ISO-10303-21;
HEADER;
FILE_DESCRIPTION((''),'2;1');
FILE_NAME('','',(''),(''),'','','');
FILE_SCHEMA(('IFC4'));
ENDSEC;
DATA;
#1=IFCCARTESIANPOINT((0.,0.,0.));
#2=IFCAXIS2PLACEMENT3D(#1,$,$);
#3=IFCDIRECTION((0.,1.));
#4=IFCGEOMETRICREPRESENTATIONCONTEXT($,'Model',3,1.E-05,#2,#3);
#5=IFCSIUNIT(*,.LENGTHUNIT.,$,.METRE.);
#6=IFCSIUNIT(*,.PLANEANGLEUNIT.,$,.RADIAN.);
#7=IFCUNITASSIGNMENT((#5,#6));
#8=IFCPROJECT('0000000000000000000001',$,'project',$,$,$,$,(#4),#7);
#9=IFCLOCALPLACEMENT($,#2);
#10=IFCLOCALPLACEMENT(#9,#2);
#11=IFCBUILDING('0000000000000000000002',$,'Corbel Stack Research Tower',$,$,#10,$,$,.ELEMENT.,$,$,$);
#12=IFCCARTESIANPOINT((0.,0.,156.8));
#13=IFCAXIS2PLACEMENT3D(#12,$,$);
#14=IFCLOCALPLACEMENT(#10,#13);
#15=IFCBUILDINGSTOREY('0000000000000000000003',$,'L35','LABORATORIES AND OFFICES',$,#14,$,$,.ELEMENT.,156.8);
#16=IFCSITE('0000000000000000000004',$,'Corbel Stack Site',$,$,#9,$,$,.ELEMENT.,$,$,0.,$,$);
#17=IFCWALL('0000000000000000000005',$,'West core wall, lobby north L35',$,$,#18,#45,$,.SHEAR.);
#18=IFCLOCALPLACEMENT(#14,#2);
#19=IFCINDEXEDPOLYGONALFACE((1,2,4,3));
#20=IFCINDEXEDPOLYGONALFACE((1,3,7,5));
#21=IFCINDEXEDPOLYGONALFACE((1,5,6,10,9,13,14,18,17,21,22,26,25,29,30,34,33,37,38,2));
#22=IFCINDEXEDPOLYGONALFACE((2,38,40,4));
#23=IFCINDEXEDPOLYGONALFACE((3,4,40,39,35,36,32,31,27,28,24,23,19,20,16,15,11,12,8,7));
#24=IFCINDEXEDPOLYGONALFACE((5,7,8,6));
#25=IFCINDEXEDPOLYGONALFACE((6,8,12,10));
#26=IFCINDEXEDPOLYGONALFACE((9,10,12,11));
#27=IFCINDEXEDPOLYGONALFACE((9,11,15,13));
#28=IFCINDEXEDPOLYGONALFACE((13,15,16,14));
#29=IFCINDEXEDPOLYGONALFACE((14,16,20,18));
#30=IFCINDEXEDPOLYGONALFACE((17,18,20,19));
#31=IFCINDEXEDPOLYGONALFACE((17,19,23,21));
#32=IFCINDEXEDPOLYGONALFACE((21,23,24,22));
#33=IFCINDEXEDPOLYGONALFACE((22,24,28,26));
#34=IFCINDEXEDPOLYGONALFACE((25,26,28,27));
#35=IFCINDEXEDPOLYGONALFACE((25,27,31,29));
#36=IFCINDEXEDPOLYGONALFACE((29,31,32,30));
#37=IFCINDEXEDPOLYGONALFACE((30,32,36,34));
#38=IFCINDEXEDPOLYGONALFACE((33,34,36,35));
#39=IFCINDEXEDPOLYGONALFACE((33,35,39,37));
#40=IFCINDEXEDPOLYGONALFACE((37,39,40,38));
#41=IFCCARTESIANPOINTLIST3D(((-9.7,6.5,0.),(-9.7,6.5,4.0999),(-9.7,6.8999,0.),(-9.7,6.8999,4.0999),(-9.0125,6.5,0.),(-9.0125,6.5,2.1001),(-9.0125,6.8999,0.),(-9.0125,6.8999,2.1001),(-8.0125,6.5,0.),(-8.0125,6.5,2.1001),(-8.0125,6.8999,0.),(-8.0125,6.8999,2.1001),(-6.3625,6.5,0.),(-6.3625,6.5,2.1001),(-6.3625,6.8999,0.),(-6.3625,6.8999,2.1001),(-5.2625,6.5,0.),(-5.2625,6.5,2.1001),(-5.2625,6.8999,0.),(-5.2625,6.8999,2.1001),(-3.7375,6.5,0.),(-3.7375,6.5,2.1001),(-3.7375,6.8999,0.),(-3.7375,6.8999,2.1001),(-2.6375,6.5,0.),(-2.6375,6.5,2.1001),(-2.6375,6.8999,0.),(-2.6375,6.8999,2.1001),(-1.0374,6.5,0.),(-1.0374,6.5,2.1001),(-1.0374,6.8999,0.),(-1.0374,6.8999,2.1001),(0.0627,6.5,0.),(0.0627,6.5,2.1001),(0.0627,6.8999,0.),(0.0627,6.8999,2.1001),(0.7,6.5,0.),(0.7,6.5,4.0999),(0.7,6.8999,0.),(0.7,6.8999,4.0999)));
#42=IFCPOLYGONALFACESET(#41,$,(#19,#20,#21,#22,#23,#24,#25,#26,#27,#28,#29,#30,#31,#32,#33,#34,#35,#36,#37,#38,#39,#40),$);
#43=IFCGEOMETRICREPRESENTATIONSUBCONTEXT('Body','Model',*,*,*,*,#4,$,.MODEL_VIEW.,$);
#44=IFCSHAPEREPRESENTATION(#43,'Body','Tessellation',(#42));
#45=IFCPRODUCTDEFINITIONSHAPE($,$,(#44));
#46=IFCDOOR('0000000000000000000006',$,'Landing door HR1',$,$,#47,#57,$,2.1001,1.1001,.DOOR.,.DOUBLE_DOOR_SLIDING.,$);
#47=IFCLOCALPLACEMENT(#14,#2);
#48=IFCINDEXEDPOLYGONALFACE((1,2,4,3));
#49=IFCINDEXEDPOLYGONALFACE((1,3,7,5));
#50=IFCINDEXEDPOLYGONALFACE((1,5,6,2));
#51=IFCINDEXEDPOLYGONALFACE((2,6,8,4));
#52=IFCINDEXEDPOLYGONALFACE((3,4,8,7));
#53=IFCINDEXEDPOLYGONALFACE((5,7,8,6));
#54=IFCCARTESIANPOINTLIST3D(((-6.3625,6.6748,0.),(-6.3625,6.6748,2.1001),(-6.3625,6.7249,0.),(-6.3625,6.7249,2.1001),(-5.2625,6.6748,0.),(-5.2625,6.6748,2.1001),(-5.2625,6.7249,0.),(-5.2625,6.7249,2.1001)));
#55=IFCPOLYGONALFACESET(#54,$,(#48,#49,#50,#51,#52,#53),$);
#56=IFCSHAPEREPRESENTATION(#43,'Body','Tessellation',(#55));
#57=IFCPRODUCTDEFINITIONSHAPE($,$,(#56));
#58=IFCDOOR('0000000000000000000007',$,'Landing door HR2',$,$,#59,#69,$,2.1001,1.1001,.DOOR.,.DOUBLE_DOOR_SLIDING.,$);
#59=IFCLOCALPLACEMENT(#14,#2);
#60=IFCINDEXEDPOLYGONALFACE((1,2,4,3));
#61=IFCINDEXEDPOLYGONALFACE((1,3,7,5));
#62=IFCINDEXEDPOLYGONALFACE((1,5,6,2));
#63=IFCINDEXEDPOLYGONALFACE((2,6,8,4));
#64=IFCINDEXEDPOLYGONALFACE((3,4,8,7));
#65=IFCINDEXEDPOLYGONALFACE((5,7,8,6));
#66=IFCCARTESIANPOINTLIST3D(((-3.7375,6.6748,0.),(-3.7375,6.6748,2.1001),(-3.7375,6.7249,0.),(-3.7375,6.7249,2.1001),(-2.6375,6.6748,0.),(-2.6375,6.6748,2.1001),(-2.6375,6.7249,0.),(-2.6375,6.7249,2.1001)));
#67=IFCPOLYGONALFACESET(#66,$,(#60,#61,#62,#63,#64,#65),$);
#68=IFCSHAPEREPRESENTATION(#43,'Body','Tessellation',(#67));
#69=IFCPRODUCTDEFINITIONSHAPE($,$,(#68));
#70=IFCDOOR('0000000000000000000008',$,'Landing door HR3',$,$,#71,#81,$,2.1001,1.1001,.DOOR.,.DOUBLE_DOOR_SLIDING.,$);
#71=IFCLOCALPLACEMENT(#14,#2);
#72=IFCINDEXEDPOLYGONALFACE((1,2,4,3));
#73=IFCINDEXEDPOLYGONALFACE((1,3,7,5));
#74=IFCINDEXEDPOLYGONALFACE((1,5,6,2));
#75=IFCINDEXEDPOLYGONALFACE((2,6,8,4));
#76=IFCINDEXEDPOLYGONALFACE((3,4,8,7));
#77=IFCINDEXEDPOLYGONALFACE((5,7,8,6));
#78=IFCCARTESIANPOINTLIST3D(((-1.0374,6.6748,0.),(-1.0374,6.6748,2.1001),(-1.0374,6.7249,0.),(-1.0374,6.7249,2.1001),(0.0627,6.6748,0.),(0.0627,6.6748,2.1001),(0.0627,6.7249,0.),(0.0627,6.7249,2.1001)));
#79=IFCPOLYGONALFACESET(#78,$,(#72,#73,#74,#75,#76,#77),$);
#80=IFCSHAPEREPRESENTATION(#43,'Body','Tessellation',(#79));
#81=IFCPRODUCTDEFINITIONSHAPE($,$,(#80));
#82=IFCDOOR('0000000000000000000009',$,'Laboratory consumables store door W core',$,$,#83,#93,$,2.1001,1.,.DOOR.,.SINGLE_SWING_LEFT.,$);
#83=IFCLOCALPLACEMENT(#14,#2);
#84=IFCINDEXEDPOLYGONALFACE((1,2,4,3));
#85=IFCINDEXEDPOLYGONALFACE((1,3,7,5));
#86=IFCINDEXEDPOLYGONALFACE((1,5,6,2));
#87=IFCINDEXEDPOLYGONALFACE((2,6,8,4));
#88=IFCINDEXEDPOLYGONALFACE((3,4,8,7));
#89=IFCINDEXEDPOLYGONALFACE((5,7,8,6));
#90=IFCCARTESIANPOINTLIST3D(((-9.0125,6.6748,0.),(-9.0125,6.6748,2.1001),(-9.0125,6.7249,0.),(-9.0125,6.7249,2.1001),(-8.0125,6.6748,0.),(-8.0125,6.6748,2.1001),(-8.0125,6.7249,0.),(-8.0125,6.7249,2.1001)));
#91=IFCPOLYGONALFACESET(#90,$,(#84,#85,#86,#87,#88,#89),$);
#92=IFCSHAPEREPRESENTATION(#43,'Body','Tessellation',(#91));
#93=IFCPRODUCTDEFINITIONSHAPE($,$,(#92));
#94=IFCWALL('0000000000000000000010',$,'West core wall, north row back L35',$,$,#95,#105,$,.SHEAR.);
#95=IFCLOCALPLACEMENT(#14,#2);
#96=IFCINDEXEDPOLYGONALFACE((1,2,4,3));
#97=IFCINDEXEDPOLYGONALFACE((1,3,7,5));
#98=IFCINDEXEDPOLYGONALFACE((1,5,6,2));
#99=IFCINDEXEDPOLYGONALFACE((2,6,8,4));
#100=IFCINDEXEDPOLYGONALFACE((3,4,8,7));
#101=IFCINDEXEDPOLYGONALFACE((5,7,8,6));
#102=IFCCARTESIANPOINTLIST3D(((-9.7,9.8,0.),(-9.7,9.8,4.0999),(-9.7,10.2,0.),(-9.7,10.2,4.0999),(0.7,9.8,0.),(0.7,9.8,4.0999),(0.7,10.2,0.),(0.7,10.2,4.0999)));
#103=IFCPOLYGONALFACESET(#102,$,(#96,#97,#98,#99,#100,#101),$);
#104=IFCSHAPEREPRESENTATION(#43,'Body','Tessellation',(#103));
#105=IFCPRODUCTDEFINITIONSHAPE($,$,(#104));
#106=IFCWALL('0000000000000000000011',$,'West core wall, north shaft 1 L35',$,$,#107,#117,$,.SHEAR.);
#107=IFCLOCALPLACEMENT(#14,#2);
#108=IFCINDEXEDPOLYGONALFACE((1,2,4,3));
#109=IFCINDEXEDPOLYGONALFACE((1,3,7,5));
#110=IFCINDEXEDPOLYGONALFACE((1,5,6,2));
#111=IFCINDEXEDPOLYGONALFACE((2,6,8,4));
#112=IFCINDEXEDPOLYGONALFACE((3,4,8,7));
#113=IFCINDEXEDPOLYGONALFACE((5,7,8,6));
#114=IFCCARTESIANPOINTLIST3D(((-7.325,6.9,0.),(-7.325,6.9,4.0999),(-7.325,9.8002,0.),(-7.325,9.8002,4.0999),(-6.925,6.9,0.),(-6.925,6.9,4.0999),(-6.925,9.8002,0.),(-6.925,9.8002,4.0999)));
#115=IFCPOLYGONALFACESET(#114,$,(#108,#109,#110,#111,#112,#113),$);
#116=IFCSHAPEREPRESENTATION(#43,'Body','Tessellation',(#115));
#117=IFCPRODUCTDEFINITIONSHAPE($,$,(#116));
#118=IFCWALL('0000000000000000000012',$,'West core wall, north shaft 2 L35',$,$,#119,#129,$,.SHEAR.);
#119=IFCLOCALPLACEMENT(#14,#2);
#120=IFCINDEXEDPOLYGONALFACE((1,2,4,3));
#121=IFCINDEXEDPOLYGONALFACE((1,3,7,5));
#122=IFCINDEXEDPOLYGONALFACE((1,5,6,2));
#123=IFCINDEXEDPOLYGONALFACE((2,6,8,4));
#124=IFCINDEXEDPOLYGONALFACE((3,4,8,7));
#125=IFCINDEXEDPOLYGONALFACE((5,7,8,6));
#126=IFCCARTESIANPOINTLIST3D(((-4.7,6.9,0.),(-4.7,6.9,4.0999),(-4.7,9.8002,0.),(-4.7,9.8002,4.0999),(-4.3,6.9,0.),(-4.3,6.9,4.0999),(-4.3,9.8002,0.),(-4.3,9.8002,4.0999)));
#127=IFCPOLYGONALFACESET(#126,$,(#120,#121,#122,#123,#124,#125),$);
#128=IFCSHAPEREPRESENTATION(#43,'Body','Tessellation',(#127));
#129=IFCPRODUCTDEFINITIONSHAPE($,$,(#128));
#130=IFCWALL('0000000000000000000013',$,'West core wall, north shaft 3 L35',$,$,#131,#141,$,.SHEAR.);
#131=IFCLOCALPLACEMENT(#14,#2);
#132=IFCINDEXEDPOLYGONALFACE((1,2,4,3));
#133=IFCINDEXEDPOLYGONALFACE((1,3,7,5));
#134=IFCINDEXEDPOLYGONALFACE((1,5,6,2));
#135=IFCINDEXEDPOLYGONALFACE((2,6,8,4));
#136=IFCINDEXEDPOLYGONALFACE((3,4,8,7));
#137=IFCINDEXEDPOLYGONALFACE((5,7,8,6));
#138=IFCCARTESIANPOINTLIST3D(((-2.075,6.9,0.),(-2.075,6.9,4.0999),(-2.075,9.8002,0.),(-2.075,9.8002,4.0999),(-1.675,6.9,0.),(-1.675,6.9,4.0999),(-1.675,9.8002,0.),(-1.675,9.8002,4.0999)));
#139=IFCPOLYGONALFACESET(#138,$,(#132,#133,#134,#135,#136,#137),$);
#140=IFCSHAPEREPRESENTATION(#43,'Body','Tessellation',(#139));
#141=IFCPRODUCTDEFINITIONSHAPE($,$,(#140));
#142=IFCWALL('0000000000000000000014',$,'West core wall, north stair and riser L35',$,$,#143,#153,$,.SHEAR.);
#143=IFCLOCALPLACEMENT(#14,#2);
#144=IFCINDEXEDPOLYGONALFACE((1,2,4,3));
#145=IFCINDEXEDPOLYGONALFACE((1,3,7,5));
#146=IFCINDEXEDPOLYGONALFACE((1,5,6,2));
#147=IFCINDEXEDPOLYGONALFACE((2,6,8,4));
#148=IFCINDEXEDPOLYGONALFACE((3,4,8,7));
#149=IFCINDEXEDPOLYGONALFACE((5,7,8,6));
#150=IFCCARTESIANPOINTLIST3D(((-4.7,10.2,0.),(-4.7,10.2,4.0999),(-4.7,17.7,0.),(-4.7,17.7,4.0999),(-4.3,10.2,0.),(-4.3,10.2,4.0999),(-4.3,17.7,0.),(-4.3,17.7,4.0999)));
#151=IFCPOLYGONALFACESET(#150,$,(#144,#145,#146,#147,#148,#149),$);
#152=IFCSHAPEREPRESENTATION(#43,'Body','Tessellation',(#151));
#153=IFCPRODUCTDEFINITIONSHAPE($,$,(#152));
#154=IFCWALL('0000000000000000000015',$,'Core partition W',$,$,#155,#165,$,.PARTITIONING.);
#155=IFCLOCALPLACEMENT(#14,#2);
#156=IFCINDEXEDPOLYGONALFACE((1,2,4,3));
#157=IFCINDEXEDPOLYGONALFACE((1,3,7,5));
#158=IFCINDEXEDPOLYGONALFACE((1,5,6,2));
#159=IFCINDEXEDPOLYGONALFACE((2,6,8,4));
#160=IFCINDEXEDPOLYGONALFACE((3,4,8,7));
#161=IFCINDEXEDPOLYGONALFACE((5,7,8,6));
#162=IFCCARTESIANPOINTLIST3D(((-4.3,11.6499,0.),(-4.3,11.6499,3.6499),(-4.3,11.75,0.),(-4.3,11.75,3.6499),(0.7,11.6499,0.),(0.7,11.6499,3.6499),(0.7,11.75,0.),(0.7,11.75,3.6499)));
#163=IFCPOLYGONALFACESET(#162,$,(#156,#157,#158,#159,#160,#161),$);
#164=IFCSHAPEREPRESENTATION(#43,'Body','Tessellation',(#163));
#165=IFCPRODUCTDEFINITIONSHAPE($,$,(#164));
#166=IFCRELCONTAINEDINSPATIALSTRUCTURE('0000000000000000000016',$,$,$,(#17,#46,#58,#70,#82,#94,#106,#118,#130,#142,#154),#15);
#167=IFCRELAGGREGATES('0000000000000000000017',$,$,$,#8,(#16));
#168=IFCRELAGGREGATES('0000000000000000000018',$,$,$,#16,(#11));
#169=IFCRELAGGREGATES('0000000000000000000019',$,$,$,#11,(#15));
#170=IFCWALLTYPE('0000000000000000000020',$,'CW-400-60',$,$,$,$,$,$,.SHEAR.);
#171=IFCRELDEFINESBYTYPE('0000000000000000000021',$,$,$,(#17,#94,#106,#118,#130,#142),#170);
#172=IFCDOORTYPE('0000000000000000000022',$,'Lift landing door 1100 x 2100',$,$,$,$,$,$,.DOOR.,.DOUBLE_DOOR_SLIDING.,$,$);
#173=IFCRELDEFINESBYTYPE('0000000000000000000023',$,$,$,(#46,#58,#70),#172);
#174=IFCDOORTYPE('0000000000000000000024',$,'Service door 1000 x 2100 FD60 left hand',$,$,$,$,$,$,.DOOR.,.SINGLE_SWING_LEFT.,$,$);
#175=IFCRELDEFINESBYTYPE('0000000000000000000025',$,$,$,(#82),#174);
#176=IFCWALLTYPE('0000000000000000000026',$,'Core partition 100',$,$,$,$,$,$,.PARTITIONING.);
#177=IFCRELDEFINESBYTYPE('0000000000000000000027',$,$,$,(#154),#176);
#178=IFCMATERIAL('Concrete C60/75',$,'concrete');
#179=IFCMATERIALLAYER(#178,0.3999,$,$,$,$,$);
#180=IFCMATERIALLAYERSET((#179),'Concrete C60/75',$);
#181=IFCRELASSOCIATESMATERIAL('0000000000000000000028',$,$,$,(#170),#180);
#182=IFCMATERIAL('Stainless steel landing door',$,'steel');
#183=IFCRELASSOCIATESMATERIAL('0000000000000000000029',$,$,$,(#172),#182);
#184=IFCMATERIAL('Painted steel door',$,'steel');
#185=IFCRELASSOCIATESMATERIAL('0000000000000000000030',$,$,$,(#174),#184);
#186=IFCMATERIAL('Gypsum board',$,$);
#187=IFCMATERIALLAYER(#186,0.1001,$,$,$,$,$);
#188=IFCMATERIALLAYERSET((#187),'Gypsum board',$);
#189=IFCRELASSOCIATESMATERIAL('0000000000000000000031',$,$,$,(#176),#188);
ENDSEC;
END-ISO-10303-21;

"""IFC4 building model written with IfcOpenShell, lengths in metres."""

from ifc_helpers import new_model, si_unit, direction, frame, frame_2d, origin, place, context, subcontext, project, spatial, rectangle, extrude, material, layer, layer_set, type_object, element, fill, save


model = new_model("IFC4")

# Units and contexts
model_context = context("Model", 3, precision=1e-05, world=origin(), true_north=direction((0.0, 1.0)))
body_context = subcontext(model_context, "Body", "Model", "MODEL_VIEW")
ifc_project = project(units=[si_unit("LENGTHUNIT", "METRE"), si_unit("PLANEANGLEUNIT", "RADIAN")], contexts=[model_context])

# Site, building, storey
site_placement = place(None, origin())
site = spatial("IfcSite", under=ifc_project, at=site_placement, Name="Corbel Stack Site", CompositionType="ELEMENT", RefElevation=0.0)
building_placement = place(site_placement, origin())
building = spatial("IfcBuilding", under=site, at=building_placement, Name="Corbel Stack Research Tower", CompositionType="ELEMENT")
storey_placement = place(building_placement, frame((0.0, 0.0, 156.8)))
storey = spatial("IfcBuildingStorey", under=building, at=storey_placement, Name="L35", Description="LABORATORIES AND OFFICES", CompositionType="ELEMENT", Elevation=156.8)

# Wall, openings, doors
ifc_material_1 = material(Name="Concrete C60/75", Category="concrete")
ifc_layer_1 = layer(ifc_material_1, 0.3999)
ifc_layer_set_1 = layer_set([ifc_layer_1], Name="Concrete C60/75")
wall_type_1 = type_object("IfcWallType", Name="CW-400-60", PredefinedType="SHEAR", material=ifc_layer_set_1)
ifc_material_2 = material(Name="Stainless steel landing door", Category="steel")
door_type_1 = type_object("IfcDoorType", Name="Lift landing door 1100 x 2100", OperationType="DOUBLE_DOOR_SLIDING", PredefinedType="DOOR", material=ifc_material_2)
ifc_material_3 = material(Name="Painted steel door", Category="steel")
door_type_2 = type_object("IfcDoorType", Name="Service door 1000 x 2100 FD60 left hand", OperationType="SINGLE_SWING_LEFT", PredefinedType="DOOR", material=ifc_material_3)
wall_1_placement = place(storey_placement, frame((-9.7, 6.7, 0.0), z_axis=(0.0, 0.0, 1.0), x_axis=(1.0, 0.0, 0.0)))
wall_1 = element("IfcWall", 1, at=wall_1_placement, inside=storey, type_object=wall_type_1, Name="West core wall, lobby north L35", PredefinedType="SHEAR", context=body_context, shape_type="SweptSolid", body=[
    extrude(rectangle(XDim=10.3999, YDim=0.3999, at=frame_2d((5.2, 0.0))), origin(), (0.0, 0.0, 1.0), 4.0999),
])
opening_1_placement = place(wall_1_placement, frame((3.3374, 0.0, 0.0)))
opening_1 = element("IfcOpeningElement", 2, at=opening_1_placement, cuts=wall_1, PredefinedType="OPENING", context=body_context, shape_type="SweptSolid", body=[
    extrude(rectangle(XDim=1.1001, YDim=2.1001, at=frame_2d((0.55, 1.05))), frame((0.0, 0.21, 0.0), z_axis=(0.0, -1.0, 0.0), x_axis=(1.0, 0.0, 0.0)), (0.0, 0.0, 1.0), 0.4199),
])
opening_2_placement = place(wall_1_placement, frame((5.9624, 0.0, 0.0)))
opening_2 = element("IfcOpeningElement", 3, at=opening_2_placement, cuts=wall_1, PredefinedType="OPENING", context=body_context, shape_type="SweptSolid", body=[
    extrude(rectangle(XDim=1.1001, YDim=2.1001, at=frame_2d((0.55, 1.05))), frame((0.0, 0.21, 0.0), z_axis=(0.0, -1.0, 0.0), x_axis=(1.0, 0.0, 0.0)), (0.0, 0.0, 1.0), 0.4199),
])
opening_3_placement = place(wall_1_placement, frame((8.6626, 0.0, 0.0)))
opening_3 = element("IfcOpeningElement", 4, at=opening_3_placement, cuts=wall_1, PredefinedType="OPENING", context=body_context, shape_type="SweptSolid", body=[
    extrude(rectangle(XDim=1.1001, YDim=2.1001, at=frame_2d((0.55, 1.05))), frame((0.0, 0.21, 0.0), z_axis=(0.0, -1.0, 0.0), x_axis=(1.0, 0.0, 0.0)), (0.0, 0.0, 1.0), 0.4199),
])
opening_4_placement = place(wall_1_placement, frame((0.6875, 0.0, 0.0)))
opening_4 = element("IfcOpeningElement", 5, at=opening_4_placement, cuts=wall_1, PredefinedType="OPENING", context=body_context, shape_type="SweptSolid", body=[
    extrude(rectangle(XDim=1.0, YDim=2.1001, at=frame_2d((0.5, 1.05))), frame((0.0, 0.21, 0.0), z_axis=(0.0, -1.0, 0.0), x_axis=(1.0, 0.0, 0.0)), (0.0, 0.0, 1.0), 0.4199),
])
door_1_placement = place(opening_1_placement, origin())
door_1 = element("IfcDoor", 6, at=door_1_placement, inside=storey, type_object=door_type_1, Name="Landing door HR1", OperationType="DOUBLE_DOOR_SLIDING", OverallHeight=2.1001, OverallWidth=1.1001, PredefinedType="DOOR", context=body_context, shape_type="SweptSolid", body=[
    extrude(rectangle(XDim=1.1001, YDim=2.1001, at=frame_2d((0.55, 1.05))), frame((0.0, 0.0249, 0.0), z_axis=(0.0, -1.0, 0.0), x_axis=(1.0, 0.0, 0.0)), (0.0, 0.0, 1.0), 0.05),
])
fill(opening_1, door_1)
door_2_placement = place(opening_2_placement, origin())
door_2 = element("IfcDoor", 7, at=door_2_placement, inside=storey, type_object=door_type_1, Name="Landing door HR2", OperationType="DOUBLE_DOOR_SLIDING", OverallHeight=2.1001, OverallWidth=1.1001, PredefinedType="DOOR", context=body_context, shape_type="SweptSolid", body=[
    extrude(rectangle(XDim=1.1001, YDim=2.1001, at=frame_2d((0.55, 1.05))), frame((0.0, 0.0249, 0.0), z_axis=(0.0, -1.0, 0.0), x_axis=(1.0, 0.0, 0.0)), (0.0, 0.0, 1.0), 0.05),
])
fill(opening_2, door_2)
door_3_placement = place(opening_3_placement, origin())
door_3 = element("IfcDoor", 8, at=door_3_placement, inside=storey, type_object=door_type_1, Name="Landing door HR3", OperationType="DOUBLE_DOOR_SLIDING", OverallHeight=2.1001, OverallWidth=1.1001, PredefinedType="DOOR", context=body_context, shape_type="SweptSolid", body=[
    extrude(rectangle(XDim=1.1001, YDim=2.1001, at=frame_2d((0.55, 1.05))), frame((0.0, 0.0249, 0.0), z_axis=(0.0, -1.0, 0.0), x_axis=(1.0, 0.0, 0.0)), (0.0, 0.0, 1.0), 0.05),
])
fill(opening_3, door_3)
door_4_placement = place(opening_4_placement, origin())
door_4 = element("IfcDoor", 9, at=door_4_placement, inside=storey, type_object=door_type_2, Name="Laboratory consumables store door W core", OperationType="SINGLE_SWING_LEFT", OverallHeight=2.1001, OverallWidth=1.0, PredefinedType="DOOR", context=body_context, shape_type="SweptSolid", body=[
    extrude(rectangle(XDim=1.0, YDim=2.1001, at=frame_2d((0.5, 1.05))), frame((0.0, 0.0249, 0.0), z_axis=(0.0, -1.0, 0.0), x_axis=(1.0, 0.0, 0.0)), (0.0, 0.0, 1.0), 0.05),
])
fill(opening_4, door_4)

# Walls
wall_2_placement = place(storey_placement, frame((-9.7, 10.0, 0.0), z_axis=(0.0, 0.0, 1.0), x_axis=(1.0, 0.0, 0.0)))
element("IfcWall", 10, at=wall_2_placement, inside=storey, type_object=wall_type_1, Name="West core wall, north row back L35", PredefinedType="SHEAR", context=body_context, shape_type="SweptSolid", body=[
    extrude(rectangle(XDim=10.3999, YDim=0.3999, at=frame_2d((5.2, 0.0))), origin(), (0.0, 0.0, 1.0), 4.0999),
])
for number, where, z_axis, x_axis, name in (
    (11, (-7.125, 6.8999, 0.0), (0.0, 0.0, 1.0), (0.0, 1.0, 0.0), "West core wall, north shaft 1 L35"),
    (12, (-4.5, 6.8999, 0.0), (0.0, 0.0, 1.0), (0.0, 1.0, 0.0), "West core wall, north shaft 2 L35"),
    (13, (-1.875, 6.8999, 0.0), (0.0, 0.0, 1.0), (0.0, 1.0, 0.0), "West core wall, north shaft 3 L35"),
):
    element("IfcWall", number, at=place(storey_placement, frame(where, z_axis=z_axis, x_axis=x_axis)), inside=storey, type_object=wall_type_1, Name=name, PredefinedType="SHEAR", context=body_context, shape_type="SweptSolid", body=[
        extrude(rectangle(XDim=2.9001, YDim=0.3999, at=frame_2d((1.4502, 0.0))), origin(), (0.0, 0.0, 1.0), 4.0999),
    ])
wall_3_placement = place(storey_placement, frame((-4.5, 10.2, 0.0), z_axis=(0.0, 0.0, 1.0), x_axis=(0.0, 1.0, 0.0)))
element("IfcWall", 14, at=wall_3_placement, inside=storey, type_object=wall_type_1, Name="West core wall, north stair and riser L35", PredefinedType="SHEAR", context=body_context, shape_type="SweptSolid", body=[
    extrude(rectangle(XDim=7.5, YDim=0.3999, at=frame_2d((3.75, 0.0))), origin(), (0.0, 0.0, 1.0), 4.0999),
])
ifc_material_4 = material(Name="Gypsum board")
ifc_layer_2 = layer(ifc_material_4, 0.1001)
ifc_layer_set_2 = layer_set([ifc_layer_2], Name="Gypsum board")
wall_type_2 = type_object("IfcWallType", Name="Core partition 100", PredefinedType="PARTITIONING", material=ifc_layer_set_2)
wall_4_placement = place(storey_placement, frame((-4.3, 11.7, 0.0), z_axis=(0.0, 0.0, 1.0), x_axis=(1.0, 0.0, 0.0)))
element("IfcWall", 15, at=wall_4_placement, inside=storey, type_object=wall_type_2, Name="Core partition W", PredefinedType="PARTITIONING", context=body_context, shape_type="SweptSolid", body=[
    extrude(rectangle(XDim=5.0, YDim=0.1001, at=frame_2d((2.5, 0.0))), origin(), (0.0, 0.0, 1.0), 3.6499),
])

save(model, "model.ifc")
